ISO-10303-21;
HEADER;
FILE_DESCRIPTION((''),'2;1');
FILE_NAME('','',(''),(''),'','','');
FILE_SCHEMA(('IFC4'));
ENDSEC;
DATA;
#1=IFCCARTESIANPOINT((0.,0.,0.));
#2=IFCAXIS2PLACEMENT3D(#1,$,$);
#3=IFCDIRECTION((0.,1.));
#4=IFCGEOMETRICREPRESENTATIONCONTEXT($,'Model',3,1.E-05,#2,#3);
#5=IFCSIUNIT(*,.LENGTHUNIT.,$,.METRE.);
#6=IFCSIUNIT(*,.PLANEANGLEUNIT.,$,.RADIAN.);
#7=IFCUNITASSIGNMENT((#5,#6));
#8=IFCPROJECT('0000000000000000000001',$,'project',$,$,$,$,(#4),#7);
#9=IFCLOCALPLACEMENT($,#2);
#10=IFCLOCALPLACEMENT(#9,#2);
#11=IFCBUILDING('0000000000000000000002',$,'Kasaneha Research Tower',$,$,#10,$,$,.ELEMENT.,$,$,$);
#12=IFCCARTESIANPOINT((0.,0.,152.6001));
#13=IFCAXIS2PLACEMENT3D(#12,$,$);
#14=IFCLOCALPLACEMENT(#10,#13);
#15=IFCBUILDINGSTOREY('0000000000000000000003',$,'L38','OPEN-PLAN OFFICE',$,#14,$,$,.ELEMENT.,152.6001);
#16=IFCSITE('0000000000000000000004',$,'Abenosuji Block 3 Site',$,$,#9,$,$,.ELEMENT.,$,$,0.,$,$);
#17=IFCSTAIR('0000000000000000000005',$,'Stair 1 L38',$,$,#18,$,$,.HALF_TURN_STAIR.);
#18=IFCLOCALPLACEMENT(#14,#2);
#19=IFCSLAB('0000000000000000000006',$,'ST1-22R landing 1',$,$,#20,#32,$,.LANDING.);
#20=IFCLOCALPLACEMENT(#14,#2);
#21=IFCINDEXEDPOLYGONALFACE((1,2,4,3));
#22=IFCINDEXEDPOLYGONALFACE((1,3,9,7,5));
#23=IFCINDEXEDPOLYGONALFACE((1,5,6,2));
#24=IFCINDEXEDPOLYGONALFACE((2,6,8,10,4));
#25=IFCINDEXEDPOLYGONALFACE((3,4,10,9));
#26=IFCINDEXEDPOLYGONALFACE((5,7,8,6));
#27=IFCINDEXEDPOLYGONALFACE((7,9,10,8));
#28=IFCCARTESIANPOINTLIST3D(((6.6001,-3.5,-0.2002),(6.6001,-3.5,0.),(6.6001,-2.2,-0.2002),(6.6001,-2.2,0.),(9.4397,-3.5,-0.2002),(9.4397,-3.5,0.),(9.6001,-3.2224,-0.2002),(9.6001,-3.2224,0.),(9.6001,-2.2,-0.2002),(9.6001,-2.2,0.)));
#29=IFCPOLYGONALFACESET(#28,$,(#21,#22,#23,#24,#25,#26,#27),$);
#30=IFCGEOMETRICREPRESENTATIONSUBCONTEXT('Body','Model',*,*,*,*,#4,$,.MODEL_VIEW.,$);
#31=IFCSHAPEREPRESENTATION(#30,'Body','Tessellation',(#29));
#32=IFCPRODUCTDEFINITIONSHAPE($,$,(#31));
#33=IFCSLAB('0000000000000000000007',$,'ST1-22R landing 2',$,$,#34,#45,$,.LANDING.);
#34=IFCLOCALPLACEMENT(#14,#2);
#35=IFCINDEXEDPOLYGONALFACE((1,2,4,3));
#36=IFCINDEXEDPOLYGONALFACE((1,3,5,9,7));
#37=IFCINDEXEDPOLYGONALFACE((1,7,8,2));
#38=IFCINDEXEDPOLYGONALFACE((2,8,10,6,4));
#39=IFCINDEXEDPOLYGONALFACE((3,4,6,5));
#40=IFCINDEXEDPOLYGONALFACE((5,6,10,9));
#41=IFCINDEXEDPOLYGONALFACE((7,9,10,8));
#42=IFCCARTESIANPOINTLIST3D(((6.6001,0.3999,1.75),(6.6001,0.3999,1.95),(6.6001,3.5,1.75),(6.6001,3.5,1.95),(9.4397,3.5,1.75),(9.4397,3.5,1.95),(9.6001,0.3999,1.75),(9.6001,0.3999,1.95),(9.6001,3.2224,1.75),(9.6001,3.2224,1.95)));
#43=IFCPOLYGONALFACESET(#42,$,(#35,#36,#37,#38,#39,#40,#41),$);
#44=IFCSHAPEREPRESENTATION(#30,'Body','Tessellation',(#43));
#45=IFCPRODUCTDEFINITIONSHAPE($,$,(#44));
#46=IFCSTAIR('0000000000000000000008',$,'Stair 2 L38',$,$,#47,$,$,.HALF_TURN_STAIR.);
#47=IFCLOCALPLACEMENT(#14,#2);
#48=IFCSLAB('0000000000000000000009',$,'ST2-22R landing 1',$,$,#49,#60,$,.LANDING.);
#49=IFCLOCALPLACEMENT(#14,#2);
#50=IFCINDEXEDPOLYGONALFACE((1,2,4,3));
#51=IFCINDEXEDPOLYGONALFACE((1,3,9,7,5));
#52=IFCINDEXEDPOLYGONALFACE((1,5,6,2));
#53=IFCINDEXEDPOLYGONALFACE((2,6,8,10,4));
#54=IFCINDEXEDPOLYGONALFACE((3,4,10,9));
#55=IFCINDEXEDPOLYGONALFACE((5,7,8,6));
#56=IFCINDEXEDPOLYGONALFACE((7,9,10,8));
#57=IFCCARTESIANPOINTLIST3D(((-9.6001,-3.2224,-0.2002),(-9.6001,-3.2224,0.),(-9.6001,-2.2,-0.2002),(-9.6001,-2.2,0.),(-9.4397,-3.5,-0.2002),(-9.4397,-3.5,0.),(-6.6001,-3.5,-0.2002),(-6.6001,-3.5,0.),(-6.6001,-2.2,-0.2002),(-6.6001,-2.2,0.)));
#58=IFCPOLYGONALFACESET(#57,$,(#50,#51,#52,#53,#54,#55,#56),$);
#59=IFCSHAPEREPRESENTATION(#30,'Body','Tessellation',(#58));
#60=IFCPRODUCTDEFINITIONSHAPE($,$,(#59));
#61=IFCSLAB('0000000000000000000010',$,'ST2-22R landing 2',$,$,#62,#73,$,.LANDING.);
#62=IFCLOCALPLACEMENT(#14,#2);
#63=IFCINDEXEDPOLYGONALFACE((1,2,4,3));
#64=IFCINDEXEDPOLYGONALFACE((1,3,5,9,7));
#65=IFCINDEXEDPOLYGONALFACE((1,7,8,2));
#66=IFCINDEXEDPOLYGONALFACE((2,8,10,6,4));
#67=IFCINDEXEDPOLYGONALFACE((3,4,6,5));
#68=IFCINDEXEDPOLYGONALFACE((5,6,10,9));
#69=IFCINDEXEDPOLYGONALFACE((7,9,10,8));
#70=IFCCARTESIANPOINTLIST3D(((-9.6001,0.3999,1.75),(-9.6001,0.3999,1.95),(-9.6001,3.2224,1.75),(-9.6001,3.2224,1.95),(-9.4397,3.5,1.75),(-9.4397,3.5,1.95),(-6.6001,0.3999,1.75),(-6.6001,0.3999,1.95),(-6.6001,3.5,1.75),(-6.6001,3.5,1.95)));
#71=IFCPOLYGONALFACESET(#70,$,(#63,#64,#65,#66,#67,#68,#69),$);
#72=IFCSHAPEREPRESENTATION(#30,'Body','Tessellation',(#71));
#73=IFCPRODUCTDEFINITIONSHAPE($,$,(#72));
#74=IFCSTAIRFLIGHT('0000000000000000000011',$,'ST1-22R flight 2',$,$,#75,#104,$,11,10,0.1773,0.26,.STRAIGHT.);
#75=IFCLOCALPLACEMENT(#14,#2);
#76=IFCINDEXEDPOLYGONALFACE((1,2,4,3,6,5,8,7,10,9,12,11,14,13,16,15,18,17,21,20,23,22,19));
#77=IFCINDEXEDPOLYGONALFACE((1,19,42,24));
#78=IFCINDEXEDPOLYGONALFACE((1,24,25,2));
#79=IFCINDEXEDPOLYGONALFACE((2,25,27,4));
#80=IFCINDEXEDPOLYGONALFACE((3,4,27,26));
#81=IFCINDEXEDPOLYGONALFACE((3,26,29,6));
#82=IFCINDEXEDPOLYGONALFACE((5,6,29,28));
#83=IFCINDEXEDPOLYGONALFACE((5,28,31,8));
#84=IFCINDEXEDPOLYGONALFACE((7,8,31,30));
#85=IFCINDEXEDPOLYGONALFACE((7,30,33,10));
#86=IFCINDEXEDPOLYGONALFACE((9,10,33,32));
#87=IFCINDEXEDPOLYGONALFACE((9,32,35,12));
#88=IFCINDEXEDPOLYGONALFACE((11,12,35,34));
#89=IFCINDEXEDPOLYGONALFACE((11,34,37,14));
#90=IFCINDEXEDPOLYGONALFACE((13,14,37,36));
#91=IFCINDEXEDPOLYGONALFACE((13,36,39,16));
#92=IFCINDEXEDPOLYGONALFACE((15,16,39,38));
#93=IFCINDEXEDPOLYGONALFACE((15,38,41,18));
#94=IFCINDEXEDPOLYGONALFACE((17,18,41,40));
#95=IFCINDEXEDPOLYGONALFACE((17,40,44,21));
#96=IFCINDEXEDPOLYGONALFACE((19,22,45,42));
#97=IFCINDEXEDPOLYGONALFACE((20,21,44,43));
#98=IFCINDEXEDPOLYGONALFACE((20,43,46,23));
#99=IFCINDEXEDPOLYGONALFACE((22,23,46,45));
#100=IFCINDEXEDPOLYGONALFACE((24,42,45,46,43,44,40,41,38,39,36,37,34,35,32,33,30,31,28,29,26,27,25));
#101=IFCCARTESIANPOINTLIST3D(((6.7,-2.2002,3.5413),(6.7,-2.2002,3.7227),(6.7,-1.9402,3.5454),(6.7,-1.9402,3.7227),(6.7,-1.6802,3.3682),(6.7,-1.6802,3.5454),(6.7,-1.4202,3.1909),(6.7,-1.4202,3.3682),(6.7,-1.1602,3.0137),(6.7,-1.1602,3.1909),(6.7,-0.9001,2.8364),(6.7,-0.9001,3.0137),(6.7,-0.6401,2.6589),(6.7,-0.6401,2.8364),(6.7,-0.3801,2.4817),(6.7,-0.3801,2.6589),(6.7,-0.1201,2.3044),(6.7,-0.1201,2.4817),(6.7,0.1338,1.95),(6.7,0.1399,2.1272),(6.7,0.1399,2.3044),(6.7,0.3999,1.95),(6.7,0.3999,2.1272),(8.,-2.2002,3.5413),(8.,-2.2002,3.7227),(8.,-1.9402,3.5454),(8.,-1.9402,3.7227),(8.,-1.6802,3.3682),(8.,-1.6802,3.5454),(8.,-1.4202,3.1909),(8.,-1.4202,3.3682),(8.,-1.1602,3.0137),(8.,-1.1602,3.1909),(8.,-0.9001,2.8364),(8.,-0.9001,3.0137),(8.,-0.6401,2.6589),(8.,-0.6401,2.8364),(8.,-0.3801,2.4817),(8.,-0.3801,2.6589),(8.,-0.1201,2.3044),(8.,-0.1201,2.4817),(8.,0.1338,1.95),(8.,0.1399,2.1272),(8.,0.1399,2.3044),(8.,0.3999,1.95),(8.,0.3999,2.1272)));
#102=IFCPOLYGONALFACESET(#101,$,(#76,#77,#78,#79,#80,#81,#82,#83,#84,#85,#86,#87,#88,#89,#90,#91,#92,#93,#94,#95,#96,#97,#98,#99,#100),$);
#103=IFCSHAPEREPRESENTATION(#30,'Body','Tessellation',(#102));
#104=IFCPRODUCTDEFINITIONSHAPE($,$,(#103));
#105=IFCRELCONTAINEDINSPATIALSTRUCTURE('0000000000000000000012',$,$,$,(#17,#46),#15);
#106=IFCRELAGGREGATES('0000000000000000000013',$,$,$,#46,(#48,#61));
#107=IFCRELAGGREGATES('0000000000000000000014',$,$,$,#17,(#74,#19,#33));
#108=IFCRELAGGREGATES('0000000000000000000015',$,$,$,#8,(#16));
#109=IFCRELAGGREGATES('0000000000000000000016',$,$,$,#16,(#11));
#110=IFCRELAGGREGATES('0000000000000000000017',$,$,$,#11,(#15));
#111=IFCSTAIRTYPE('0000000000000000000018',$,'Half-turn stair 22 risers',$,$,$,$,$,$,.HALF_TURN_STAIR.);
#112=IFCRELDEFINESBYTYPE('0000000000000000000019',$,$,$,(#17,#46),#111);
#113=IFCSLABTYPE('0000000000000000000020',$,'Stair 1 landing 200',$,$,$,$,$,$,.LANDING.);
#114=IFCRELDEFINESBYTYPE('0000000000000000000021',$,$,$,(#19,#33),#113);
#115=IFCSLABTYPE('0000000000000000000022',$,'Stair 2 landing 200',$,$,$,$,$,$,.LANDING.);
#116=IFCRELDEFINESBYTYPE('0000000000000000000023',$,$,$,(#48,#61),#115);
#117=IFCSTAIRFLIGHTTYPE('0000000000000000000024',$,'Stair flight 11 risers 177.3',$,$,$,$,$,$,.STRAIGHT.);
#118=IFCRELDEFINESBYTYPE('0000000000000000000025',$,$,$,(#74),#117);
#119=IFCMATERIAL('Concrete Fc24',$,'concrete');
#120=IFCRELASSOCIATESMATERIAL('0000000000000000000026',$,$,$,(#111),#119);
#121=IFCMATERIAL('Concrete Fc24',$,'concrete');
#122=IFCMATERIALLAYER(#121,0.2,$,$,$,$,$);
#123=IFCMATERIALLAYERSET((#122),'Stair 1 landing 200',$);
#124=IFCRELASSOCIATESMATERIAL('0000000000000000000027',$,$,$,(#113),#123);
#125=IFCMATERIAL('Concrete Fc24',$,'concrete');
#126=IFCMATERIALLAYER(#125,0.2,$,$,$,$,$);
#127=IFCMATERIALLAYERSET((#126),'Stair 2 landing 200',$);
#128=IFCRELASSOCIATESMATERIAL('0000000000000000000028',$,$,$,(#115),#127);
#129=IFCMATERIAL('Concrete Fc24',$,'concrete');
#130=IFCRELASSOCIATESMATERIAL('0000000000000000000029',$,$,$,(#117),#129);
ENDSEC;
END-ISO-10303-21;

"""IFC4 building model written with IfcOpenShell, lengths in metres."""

from ifc_helpers import new_model, si_unit, direction, frame, origin, place, context, subcontext, project, spatial, polyline, outline, extrude, material, layer, layer_set, type_object, element, aggregate, save


model = new_model("IFC4")

# Units and contexts
model_context = context("Model", 3, precision=1e-05, world=origin(), true_north=direction((0.0, 1.0)))
body_context = subcontext(model_context, "Body", "Model", "MODEL_VIEW")
ifc_project = project(units=[si_unit("LENGTHUNIT", "METRE"), si_unit("PLANEANGLEUNIT", "RADIAN")], contexts=[model_context])

# Site, building, storey
site_placement = place(None, origin())
site = spatial("IfcSite", under=ifc_project, at=site_placement, Name="Abenosuji Block 3 Site", CompositionType="ELEMENT", RefElevation=0.0)
building_placement = place(site_placement, origin())
building = spatial("IfcBuilding", under=site, at=building_placement, Name="Kasaneha Research Tower", CompositionType="ELEMENT")
storey_placement = place(building_placement, frame((0.0, 0.0, 152.6001)))
storey = spatial("IfcBuildingStorey", under=building, at=storey_placement, Name="L38", Description="OPEN-PLAN OFFICE", CompositionType="ELEMENT", Elevation=152.6001)

# Stairs, slabs
ifc_material_1 = material(Name="Concrete Fc24", Category="concrete")
stair_type = type_object("IfcStairType", Name="Half-turn stair 22 risers", PredefinedType="HALF_TURN_STAIR", material=ifc_material_1)
stair_1_placement = place(storey_placement, origin())
stair_1 = element("IfcStair", 1, at=stair_1_placement, inside=storey, type_object=stair_type, Name="Stair 1 L38", PredefinedType="HALF_TURN_STAIR")
ifc_material_2 = material(Name="Concrete Fc24", Category="concrete")
ifc_layer_1 = layer(ifc_material_2, 0.2)
ifc_layer_set_1 = layer_set([ifc_layer_1], Name="Stair 1 landing 200")
slab_type_1 = type_object("IfcSlabType", Name="Stair 1 landing 200", PredefinedType="LANDING", material=ifc_layer_set_1)
slab_1_placement = place(storey_placement, frame((0.0, 0.0, -0.2002)))
slab_1 = element("IfcSlab", 2, at=slab_1_placement, type_object=slab_type_1, Name="ST1-22R landing 1", PredefinedType="LANDING", context=body_context, shape_type="SweptSolid", body=[
    extrude(outline(polyline([(9.4397, -3.5), (6.6001, -3.5), (6.6001, -2.2), (9.6001, -2.2), (9.6001, -3.2224), (9.4397, -3.5)])), origin(), (0.0, 0.0, 1.0), 0.2002),
])
slab_2_placement = place(storey_placement, frame((0.0, 0.0, 1.75)))
slab_2 = element("IfcSlab", 3, at=slab_2_placement, type_object=slab_type_1, Name="ST1-22R landing 2", PredefinedType="LANDING", context=body_context, shape_type="SweptSolid", body=[
    extrude(outline(polyline([(6.6001, 3.5), (9.4397, 3.5), (9.6001, 3.2224), (9.6001, 0.3999), (6.6001, 0.3999), (6.6001, 3.5)])), origin(), (0.0, 0.0, 1.0), 0.2),
])
stair_2_placement = place(storey_placement, origin())
stair_2 = element("IfcStair", 4, at=stair_2_placement, inside=storey, type_object=stair_type, Name="Stair 2 L38", PredefinedType="HALF_TURN_STAIR")
ifc_material_3 = material(Name="Concrete Fc24", Category="concrete")
ifc_layer_2 = layer(ifc_material_3, 0.2)
ifc_layer_set_2 = layer_set([ifc_layer_2], Name="Stair 2 landing 200")
slab_type_2 = type_object("IfcSlabType", Name="Stair 2 landing 200", PredefinedType="LANDING", material=ifc_layer_set_2)
slab_3_placement = place(storey_placement, frame((0.0, 0.0, -0.2002)))
slab_3 = element("IfcSlab", 5, at=slab_3_placement, type_object=slab_type_2, Name="ST2-22R landing 1", PredefinedType="LANDING", context=body_context, shape_type="SweptSolid", body=[
    extrude(outline(polyline([(-6.6001, -3.5), (-9.4397, -3.5), (-9.6001, -3.2224), (-9.6001, -2.2), (-6.6001, -2.2), (-6.6001, -3.5)])), origin(), (0.0, 0.0, 1.0), 0.2002),
])
slab_4_placement = place(storey_placement, frame((0.0, 0.0, 1.75)))
slab_4 = element("IfcSlab", 6, at=slab_4_placement, type_object=slab_type_2, Name="ST2-22R landing 2", PredefinedType="LANDING", context=body_context, shape_type="SweptSolid", body=[
    extrude(outline(polyline([(-6.6001, 0.3999), (-9.6001, 0.3999), (-9.6001, 3.2224), (-9.4397, 3.5), (-6.6001, 3.5), (-6.6001, 0.3999)])), origin(), (0.0, 0.0, 1.0), 0.2),
])
aggregate(stair_2, [slab_3, slab_4])

# Stair flight
ifc_material_4 = material(Name="Concrete Fc24", Category="concrete")
stair_flight_type = type_object("IfcStairFlightType", Name="Stair flight 11 risers 177.3", PredefinedType="STRAIGHT", material=ifc_material_4)
stair_flight_placement = place(storey_placement, frame((7.3501, 0.3999, 1.95), z_axis=(0.0, 0.0, 1.0), x_axis=(0.0, -1.0, 0.0)))
stair_flight = element("IfcStairFlight", 7, at=stair_flight_placement, type_object=stair_flight_type, Name="ST1-22R flight 2", NumberOfRisers=11, NumberOfTreads=10, PredefinedType="STRAIGHT", RiserHeight=0.1773, TreadLength=0.26, context=body_context, shape_type="SweptSolid", body=[
    extrude(outline(polyline([(0.0, 0.0), (0.0, 0.1772), (0.26, 0.1772), (0.26, 0.3545), (0.52, 0.3545), (0.52, 0.5317), (0.78, 0.5317), (0.78, 0.709), (1.04, 0.709), (1.04, 0.8865), (1.3, 0.8865), (1.3, 1.0637), (1.5601, 1.0637), (1.5601, 1.241), (1.8201, 1.241), (1.8201, 1.4182), (2.0801, 1.4182), (2.0801, 1.5955), (2.3401, 1.5955), (2.3401, 1.7727), (2.6001, 1.7727), (2.6001, 1.95), (2.6001, 1.5913), (0.2661, 0.0), (0.0, 0.0)])), frame((0.0, 0.6499, 0.0), z_axis=(0.0, -1.0, 0.0), x_axis=(1.0, 0.0, 0.0)), (0.0, 0.0, 1.0), 1.3),
])
aggregate(stair_1, [stair_flight, slab_1, slab_2])

save(model, "model.ifc")
